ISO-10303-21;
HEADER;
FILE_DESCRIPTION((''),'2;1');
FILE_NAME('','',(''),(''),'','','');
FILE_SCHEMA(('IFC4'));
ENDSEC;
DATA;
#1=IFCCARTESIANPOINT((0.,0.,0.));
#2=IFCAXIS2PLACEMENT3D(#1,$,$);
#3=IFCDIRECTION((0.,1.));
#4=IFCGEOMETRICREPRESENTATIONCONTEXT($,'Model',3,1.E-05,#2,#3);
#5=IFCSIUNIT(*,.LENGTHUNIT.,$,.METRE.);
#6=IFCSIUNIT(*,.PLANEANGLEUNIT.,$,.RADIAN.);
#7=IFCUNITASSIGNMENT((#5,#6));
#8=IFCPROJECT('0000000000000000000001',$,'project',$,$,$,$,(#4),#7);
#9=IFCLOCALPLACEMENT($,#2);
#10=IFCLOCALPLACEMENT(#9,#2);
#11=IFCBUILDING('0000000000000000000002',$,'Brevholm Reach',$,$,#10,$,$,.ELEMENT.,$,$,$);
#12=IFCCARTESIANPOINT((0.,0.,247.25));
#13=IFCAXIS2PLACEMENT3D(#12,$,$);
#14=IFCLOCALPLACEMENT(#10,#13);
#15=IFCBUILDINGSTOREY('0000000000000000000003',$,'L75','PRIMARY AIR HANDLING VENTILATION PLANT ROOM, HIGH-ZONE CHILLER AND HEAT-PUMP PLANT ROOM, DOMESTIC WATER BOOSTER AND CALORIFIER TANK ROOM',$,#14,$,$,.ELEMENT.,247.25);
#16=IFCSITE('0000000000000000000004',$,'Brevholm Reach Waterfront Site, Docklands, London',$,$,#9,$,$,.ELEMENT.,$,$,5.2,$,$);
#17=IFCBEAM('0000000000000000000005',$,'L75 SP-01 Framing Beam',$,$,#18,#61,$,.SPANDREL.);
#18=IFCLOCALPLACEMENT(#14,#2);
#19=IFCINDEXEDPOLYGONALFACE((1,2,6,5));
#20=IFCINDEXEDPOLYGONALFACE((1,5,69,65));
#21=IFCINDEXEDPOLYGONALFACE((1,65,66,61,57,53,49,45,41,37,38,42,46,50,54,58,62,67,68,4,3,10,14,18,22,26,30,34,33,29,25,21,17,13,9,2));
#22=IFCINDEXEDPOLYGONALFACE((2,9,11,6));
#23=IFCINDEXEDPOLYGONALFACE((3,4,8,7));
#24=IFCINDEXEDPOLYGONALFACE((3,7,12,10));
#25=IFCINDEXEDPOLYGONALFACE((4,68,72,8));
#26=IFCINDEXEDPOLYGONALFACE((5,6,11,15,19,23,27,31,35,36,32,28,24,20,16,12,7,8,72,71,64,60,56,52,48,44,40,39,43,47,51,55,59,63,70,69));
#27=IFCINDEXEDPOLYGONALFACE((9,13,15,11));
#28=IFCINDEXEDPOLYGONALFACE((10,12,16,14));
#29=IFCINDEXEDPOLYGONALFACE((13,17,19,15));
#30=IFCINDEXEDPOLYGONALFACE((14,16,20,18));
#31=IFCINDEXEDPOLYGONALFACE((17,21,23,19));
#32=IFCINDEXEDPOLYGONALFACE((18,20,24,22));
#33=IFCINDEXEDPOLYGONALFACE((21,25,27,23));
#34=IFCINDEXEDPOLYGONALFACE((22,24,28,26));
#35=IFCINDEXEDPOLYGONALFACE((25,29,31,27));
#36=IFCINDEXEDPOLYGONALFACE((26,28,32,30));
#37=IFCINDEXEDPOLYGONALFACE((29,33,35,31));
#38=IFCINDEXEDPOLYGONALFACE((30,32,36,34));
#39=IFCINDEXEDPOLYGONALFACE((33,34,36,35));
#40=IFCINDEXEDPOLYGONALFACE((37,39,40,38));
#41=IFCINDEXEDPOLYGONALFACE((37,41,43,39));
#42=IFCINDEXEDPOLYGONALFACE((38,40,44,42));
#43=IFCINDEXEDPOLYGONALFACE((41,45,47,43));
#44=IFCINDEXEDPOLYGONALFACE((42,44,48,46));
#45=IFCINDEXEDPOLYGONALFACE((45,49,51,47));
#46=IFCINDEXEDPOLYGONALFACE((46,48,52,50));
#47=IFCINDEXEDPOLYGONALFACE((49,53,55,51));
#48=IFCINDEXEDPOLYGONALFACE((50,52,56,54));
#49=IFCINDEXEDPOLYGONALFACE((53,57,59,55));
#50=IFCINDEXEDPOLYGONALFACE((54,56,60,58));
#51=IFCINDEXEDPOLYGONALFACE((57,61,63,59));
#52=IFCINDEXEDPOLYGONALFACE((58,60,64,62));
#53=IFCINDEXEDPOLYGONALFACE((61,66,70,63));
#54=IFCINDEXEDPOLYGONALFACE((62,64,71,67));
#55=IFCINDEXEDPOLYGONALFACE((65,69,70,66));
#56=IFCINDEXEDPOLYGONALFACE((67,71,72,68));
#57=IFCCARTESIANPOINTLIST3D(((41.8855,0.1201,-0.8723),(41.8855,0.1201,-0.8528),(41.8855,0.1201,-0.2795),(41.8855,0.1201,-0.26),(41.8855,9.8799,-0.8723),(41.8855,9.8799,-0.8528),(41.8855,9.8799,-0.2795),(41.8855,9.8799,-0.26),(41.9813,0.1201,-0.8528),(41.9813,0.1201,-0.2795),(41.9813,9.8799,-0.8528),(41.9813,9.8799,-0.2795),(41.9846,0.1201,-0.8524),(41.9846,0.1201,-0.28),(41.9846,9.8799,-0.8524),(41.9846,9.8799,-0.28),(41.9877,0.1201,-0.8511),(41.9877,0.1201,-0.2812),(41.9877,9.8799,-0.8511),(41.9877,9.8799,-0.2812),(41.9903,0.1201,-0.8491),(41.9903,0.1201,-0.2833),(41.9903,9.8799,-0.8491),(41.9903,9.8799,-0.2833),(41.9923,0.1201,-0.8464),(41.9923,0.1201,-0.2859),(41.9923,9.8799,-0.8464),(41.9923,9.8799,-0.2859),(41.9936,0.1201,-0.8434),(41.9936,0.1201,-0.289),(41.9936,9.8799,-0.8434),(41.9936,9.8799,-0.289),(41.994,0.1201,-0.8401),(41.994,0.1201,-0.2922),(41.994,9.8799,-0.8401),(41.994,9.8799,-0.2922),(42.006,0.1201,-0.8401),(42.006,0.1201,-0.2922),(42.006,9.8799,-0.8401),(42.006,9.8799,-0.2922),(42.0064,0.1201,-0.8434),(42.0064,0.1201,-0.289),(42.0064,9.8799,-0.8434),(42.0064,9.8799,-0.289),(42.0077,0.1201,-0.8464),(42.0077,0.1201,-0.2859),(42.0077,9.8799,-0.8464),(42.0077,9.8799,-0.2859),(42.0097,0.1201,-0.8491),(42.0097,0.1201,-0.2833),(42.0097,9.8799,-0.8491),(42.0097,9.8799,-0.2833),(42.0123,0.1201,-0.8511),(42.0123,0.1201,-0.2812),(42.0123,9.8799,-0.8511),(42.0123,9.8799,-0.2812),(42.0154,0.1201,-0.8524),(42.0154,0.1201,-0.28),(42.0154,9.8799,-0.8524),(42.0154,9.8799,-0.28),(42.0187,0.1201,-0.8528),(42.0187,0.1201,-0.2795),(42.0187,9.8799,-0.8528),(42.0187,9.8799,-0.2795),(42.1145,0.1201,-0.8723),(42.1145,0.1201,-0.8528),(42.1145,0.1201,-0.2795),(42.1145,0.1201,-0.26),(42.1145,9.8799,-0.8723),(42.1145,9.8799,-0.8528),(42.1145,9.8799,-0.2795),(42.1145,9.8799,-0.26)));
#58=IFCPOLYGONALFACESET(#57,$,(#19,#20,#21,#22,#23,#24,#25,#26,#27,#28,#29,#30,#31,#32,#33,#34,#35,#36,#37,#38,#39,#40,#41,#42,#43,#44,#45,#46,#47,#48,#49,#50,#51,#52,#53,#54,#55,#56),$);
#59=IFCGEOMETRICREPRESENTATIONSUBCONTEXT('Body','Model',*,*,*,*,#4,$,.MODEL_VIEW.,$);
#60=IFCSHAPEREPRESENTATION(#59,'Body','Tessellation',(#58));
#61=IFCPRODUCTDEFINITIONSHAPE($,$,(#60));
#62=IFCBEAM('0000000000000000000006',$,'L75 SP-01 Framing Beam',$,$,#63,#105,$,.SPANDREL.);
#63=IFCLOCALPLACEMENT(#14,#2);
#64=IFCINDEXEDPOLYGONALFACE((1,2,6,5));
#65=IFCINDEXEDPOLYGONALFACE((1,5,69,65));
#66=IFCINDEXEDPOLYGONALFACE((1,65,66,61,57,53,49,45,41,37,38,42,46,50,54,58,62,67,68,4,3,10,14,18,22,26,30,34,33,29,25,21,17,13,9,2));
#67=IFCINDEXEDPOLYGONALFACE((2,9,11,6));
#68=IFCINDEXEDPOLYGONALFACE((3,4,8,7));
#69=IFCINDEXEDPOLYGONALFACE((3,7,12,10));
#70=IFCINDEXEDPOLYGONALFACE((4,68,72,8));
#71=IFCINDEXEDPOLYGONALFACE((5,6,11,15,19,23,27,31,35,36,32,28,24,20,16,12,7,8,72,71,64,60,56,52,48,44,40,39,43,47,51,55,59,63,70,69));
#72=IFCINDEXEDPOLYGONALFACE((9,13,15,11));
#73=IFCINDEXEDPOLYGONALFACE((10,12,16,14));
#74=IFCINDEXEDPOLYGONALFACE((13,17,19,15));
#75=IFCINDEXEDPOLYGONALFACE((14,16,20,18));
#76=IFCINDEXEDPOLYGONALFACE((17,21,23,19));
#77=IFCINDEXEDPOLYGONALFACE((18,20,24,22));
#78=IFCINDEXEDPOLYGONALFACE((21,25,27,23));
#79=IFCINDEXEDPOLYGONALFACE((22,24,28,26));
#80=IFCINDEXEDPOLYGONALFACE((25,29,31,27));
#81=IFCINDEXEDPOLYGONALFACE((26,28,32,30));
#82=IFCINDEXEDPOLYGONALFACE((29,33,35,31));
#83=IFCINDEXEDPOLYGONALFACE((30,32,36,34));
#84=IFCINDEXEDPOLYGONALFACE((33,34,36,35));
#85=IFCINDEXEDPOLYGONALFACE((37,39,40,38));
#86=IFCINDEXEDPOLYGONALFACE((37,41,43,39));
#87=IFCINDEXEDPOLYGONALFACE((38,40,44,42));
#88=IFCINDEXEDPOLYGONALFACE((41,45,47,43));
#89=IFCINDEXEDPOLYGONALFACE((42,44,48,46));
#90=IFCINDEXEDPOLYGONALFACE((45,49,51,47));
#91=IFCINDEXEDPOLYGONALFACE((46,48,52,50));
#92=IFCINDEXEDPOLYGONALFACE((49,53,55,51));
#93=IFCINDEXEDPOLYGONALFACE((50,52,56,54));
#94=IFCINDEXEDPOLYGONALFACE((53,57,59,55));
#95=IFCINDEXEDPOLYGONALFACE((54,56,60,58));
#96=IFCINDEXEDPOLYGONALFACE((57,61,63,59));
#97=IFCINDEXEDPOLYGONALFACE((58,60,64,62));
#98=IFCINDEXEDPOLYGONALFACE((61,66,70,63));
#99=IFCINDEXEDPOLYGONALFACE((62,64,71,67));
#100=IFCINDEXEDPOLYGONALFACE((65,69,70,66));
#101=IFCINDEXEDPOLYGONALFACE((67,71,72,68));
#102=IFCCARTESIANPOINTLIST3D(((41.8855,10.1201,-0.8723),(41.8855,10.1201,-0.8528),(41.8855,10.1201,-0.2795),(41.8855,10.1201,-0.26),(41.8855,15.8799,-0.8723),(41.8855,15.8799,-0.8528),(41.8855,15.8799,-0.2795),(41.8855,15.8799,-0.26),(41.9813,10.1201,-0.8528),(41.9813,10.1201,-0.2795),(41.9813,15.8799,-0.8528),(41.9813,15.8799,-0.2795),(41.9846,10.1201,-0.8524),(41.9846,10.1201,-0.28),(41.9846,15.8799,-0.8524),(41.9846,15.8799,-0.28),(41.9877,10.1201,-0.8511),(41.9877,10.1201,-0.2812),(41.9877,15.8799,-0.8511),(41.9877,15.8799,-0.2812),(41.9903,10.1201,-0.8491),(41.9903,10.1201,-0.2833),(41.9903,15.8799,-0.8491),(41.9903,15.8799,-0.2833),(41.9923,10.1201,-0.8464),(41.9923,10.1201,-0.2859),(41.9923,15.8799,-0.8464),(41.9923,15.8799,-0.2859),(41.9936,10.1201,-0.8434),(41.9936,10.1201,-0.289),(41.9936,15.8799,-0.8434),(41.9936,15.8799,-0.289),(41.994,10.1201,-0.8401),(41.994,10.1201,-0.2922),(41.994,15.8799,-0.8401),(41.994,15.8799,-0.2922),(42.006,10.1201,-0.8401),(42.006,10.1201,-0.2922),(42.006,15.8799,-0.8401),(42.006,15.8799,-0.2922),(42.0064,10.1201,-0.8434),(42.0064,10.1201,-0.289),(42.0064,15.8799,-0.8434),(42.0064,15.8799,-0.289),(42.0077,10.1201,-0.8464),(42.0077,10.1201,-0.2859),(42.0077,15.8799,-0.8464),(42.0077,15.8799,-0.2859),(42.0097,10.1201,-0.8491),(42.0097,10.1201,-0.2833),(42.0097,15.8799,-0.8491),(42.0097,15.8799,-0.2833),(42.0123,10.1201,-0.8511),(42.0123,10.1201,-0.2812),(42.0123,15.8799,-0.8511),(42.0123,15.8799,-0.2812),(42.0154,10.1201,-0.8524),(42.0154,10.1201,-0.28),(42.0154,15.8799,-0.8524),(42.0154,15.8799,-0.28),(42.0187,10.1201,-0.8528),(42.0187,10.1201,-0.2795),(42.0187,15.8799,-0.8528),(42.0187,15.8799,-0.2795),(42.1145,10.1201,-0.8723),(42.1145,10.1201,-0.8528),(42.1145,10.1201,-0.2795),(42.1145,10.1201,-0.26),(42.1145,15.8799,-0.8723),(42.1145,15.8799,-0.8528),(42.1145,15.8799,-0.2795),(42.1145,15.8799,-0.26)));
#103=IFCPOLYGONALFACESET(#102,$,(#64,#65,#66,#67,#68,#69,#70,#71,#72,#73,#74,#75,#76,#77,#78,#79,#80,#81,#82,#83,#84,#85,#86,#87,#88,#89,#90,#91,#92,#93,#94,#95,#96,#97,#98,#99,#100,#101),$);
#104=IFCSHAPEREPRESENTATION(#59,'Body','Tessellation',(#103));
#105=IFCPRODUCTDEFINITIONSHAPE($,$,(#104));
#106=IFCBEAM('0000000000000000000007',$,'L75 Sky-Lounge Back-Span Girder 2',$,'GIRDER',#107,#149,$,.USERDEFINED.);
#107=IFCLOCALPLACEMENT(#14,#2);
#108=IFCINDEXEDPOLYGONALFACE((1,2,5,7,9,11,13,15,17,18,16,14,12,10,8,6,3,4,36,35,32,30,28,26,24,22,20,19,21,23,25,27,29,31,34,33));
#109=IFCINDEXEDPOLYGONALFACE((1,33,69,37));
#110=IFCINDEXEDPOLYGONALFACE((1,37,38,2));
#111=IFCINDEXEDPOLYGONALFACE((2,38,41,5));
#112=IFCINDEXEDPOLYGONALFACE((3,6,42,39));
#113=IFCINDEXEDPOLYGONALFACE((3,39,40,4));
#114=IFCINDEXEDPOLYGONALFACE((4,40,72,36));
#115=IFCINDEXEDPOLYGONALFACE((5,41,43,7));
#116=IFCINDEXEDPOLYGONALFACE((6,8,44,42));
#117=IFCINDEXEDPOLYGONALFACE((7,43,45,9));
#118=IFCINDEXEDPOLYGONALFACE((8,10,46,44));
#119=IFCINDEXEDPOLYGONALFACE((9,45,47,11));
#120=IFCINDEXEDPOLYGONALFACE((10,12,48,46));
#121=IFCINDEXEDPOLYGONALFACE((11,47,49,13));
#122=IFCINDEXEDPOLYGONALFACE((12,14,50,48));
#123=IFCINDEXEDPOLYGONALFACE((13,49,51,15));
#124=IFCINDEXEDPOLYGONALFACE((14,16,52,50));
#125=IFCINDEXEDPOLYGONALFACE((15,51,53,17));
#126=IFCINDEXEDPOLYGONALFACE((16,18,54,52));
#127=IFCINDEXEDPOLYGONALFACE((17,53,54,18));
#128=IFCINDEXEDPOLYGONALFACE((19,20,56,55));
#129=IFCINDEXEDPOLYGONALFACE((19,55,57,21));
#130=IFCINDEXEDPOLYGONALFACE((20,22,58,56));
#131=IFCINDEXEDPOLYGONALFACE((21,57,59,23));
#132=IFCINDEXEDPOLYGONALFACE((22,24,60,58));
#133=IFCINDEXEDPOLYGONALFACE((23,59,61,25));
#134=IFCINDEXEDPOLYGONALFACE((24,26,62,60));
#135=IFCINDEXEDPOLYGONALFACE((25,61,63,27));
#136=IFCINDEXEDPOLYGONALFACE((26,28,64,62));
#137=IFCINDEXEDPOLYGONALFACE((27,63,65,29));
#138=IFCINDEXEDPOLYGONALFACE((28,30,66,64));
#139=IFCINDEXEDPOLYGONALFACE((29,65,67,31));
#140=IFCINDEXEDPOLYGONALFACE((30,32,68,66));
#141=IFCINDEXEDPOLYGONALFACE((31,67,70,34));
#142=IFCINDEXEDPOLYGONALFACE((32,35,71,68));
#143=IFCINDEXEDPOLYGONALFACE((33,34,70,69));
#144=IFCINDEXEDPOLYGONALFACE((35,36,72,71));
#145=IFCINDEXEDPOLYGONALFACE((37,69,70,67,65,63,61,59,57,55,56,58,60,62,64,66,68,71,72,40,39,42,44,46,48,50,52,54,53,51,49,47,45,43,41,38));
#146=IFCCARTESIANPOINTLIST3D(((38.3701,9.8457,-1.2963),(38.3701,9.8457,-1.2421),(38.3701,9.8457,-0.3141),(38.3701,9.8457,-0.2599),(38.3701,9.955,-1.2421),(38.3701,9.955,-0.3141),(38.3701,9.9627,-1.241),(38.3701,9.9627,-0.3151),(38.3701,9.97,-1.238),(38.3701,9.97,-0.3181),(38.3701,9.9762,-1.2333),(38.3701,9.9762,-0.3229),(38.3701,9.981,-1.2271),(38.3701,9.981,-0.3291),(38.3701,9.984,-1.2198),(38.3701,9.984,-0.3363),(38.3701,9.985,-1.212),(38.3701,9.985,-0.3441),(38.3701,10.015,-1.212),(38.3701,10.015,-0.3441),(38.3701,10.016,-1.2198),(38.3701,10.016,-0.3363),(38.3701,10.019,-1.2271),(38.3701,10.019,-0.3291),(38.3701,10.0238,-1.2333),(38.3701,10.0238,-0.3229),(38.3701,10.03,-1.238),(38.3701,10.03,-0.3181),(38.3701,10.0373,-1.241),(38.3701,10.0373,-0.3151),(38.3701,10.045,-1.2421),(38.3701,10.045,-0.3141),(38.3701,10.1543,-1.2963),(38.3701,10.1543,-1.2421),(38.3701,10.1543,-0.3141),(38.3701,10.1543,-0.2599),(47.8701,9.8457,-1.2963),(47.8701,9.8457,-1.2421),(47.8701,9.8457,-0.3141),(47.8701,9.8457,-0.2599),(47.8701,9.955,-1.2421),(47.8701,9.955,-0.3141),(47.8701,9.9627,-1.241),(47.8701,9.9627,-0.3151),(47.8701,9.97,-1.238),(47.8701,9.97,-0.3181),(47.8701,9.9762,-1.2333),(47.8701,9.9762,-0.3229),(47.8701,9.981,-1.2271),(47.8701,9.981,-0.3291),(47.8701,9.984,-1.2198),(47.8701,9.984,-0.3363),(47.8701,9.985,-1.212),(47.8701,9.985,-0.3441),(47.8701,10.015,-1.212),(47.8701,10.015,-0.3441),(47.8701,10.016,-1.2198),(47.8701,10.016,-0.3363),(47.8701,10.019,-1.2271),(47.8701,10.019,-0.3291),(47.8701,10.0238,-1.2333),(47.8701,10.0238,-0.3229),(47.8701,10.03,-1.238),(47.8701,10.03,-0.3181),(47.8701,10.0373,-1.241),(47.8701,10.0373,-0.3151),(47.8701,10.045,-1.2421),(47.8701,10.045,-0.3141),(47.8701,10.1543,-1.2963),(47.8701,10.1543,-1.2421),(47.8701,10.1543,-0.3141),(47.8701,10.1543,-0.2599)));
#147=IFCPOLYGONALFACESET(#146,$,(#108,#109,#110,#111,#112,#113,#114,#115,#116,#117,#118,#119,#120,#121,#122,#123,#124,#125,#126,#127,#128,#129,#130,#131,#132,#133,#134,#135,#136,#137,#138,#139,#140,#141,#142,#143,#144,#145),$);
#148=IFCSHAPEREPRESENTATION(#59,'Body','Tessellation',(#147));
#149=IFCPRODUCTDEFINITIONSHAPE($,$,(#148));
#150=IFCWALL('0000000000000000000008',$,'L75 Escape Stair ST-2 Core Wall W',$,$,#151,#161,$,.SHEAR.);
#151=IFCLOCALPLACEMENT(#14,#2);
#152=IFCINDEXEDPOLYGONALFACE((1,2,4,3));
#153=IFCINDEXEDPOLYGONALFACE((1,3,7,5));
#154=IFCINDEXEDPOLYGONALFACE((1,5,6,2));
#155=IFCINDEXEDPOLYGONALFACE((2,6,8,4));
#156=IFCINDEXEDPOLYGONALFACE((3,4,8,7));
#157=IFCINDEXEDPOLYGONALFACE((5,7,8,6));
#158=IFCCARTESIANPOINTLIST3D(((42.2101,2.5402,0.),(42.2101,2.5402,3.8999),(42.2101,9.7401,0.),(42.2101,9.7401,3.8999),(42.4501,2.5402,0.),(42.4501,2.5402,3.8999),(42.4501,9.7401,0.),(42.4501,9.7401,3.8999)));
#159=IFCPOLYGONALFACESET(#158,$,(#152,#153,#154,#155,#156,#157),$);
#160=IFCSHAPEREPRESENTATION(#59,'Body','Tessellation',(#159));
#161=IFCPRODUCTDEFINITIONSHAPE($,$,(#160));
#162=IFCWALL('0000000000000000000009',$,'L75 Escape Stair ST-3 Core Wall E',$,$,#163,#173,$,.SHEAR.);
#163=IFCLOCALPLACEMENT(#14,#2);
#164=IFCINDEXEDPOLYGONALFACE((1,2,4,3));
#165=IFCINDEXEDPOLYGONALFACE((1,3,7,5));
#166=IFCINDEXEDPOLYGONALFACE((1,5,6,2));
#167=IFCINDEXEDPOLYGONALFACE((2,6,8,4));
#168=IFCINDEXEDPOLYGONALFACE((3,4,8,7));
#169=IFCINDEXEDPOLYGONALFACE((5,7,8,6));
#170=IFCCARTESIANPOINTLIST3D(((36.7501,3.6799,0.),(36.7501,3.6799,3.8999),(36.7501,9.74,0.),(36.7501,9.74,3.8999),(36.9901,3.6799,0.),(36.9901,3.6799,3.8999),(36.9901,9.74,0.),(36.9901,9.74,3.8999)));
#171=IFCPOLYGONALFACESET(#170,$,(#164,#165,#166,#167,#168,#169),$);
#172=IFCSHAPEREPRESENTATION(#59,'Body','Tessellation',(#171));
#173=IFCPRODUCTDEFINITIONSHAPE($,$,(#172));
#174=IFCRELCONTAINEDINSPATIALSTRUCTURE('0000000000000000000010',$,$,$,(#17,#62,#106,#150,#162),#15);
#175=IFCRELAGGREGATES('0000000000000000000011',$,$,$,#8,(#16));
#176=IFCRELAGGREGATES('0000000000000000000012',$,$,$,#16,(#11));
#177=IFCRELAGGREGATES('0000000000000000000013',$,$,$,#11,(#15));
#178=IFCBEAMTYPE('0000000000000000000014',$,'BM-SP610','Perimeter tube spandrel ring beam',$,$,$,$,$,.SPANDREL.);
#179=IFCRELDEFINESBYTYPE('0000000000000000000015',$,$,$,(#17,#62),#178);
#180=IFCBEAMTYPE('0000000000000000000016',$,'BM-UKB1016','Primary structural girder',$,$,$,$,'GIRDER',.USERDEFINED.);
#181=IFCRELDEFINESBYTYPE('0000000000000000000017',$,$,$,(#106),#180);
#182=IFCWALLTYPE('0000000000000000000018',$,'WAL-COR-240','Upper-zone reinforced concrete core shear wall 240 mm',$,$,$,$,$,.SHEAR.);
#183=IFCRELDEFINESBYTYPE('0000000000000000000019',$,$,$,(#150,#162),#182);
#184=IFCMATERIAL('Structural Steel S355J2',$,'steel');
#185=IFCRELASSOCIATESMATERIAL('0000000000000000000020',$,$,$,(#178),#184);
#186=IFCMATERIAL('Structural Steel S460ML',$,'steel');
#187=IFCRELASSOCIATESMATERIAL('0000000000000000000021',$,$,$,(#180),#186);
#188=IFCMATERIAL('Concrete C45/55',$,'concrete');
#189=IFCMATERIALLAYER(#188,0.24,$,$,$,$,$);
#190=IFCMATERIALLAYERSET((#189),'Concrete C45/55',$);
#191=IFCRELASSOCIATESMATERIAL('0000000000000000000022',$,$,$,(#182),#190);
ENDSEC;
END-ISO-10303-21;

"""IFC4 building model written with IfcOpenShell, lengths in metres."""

from ifc_helpers import new_model, si_unit, direction, frame, frame_2d, origin, origin_2d, place, context, subcontext, project, spatial, rectangle, i_section, extrude, material, layer, layer_set, material_profile, profile_set, type_object, element, save


model = new_model("IFC4")

# Units and contexts
model_context = context("Model", 3, precision=1e-05, world=origin(), true_north=direction((0.0, 1.0)))
body_context = subcontext(model_context, "Body", "Model", "MODEL_VIEW")
ifc_project = project(units=[si_unit("LENGTHUNIT", "METRE"), si_unit("PLANEANGLEUNIT", "RADIAN")], contexts=[model_context])

# Site, building, storey
site_placement = place(None, origin())
site = spatial("IfcSite", under=ifc_project, at=site_placement, Name="Brevholm Reach Waterfront Site, Docklands, London", CompositionType="ELEMENT", RefElevation=5.2)
building_placement = place(site_placement, origin())
building = spatial("IfcBuilding", under=site, at=building_placement, Name="Brevholm Reach", CompositionType="ELEMENT")
storey_placement = place(building_placement, frame((0.0, 0.0, 247.25)))
storey = spatial("IfcBuildingStorey", under=building, at=storey_placement, Name="L75", Description="PRIMARY AIR HANDLING VENTILATION PLANT ROOM, HIGH-ZONE CHILLER AND HEAT-PUMP PLANT ROOM, DOMESTIC WATER BOOSTER AND CALORIFIER TANK ROOM", CompositionType="ELEMENT", Elevation=247.25)

# Beams
ifc_material_1 = material(Name="Structural Steel S355J2", Category="steel")
ifc_material_profile_1 = material_profile(ifc_material_1, i_section(OverallWidth=0.229, OverallDepth=0.6123, WebThickness=0.012, FlangeThickness=0.0195, FilletRadius=0.0127, at=origin_2d()), Name="UKB 610x229x125")
ifc_profile_set_1 = profile_set([ifc_material_profile_1], Name="Structural Steel S355J2")
beam_type_1 = type_object("IfcBeamType", Name="BM-SP610", Description="Perimeter tube spandrel ring beam", PredefinedType="SPANDREL", material=ifc_profile_set_1)
beam_1_placement = place(storey_placement, frame((42.0, 0.1201, -0.5662), z_axis=(0.0, 1.0, 0.0), x_axis=(-1.0, 0.0, 0.0)))
element("IfcBeam", 1, at=beam_1_placement, inside=storey, type_object=beam_type_1, Name="L75 SP-01 Framing Beam", PredefinedType="SPANDREL", context=body_context, shape_type="SweptSolid", body=[
    extrude(i_section(OverallWidth=0.229, OverallDepth=0.6123, WebThickness=0.012, FlangeThickness=0.0195, FilletRadius=0.0127, at=origin_2d()), origin(), (0.0, 0.0, 1.0), 9.7598),
])
beam_2_placement = place(storey_placement, frame((42.0, 10.1201, -0.5662), z_axis=(0.0, 1.0, 0.0), x_axis=(-1.0, 0.0, 0.0)))
element("IfcBeam", 2, at=beam_2_placement, inside=storey, type_object=beam_type_1, Name="L75 SP-01 Framing Beam", PredefinedType="SPANDREL", context=body_context, shape_type="SweptSolid", body=[
    extrude(i_section(OverallWidth=0.229, OverallDepth=0.6123, WebThickness=0.012, FlangeThickness=0.0195, FilletRadius=0.0127, at=origin_2d()), origin(), (0.0, 0.0, 1.0), 5.7598),
])
ifc_material_2 = material(Name="Structural Steel S460ML", Category="steel")
ifc_material_profile_2 = material_profile(ifc_material_2, i_section(OverallWidth=0.3086, OverallDepth=1.0364, WebThickness=0.03, FlangeThickness=0.0542, FilletRadius=0.03, at=origin_2d()), Name="UKB 1016x305x487")
ifc_profile_set_2 = profile_set([ifc_material_profile_2], Name="Structural Steel S460ML")
beam_type_2 = type_object("IfcBeamType", Name="BM-UKB1016", Description="Primary structural girder", ElementType="GIRDER", PredefinedType="USERDEFINED", material=ifc_profile_set_2)
beam_3_placement = place(storey_placement, frame((38.3701, 10.0, -0.7781), z_axis=(1.0, 0.0, 0.0), x_axis=(0.0, 1.0, 0.0)))
element("IfcBeam", 3, at=beam_3_placement, inside=storey, type_object=beam_type_2, Name="L75 Sky-Lounge Back-Span Girder 2", ObjectType="GIRDER", PredefinedType="USERDEFINED", context=body_context, shape_type="SweptSolid", body=[
    extrude(i_section(OverallWidth=0.3086, OverallDepth=1.0364, WebThickness=0.03, FlangeThickness=0.0542, FilletRadius=0.03, at=origin_2d()), origin(), (0.0, 0.0, 1.0), 9.5),
])

# Walls
ifc_material_3 = material(Name="Concrete C45/55", Category="concrete")
ifc_layer_1 = layer(ifc_material_3, 0.24)
ifc_layer_set_1 = layer_set([ifc_layer_1], Name="Concrete C45/55")
wall_type_1 = type_object("IfcWallType", Name="WAL-COR-240", Description="Upper-zone reinforced concrete core shear wall 240 mm", PredefinedType="SHEAR", material=ifc_layer_set_1)
wall_1_placement = place(storey_placement, frame((42.3301, 2.54, 0.0), z_axis=(0.0, 0.0, 1.0), x_axis=(0.0, 1.0, 0.0)))
element("IfcWall", 4, at=wall_1_placement, inside=storey, type_object=wall_type_1, Name="L75 Escape Stair ST-2 Core Wall W", PredefinedType="SHEAR", context=body_context, shape_type="SweptSolid", body=[
    extrude(rectangle(XDim=7.2, YDim=0.24, at=frame_2d((3.6001, 0.0))), origin(), (0.0, 0.0, 1.0), 3.8999),
])
wall_2_placement = place(storey_placement, frame((36.8701, 3.6799, 0.0), z_axis=(0.0, 0.0, 1.0), x_axis=(0.0, 1.0, 0.0)))
element("IfcWall", 5, at=wall_2_placement, inside=storey, type_object=wall_type_1, Name="L75 Escape Stair ST-3 Core Wall E", PredefinedType="SHEAR", context=body_context, shape_type="SweptSolid", body=[
    extrude(rectangle(XDim=6.0601, YDim=0.24, at=frame_2d((3.03, 0.0))), origin(), (0.0, 0.0, 1.0), 3.8999),
])

save(model, "model.ifc")
